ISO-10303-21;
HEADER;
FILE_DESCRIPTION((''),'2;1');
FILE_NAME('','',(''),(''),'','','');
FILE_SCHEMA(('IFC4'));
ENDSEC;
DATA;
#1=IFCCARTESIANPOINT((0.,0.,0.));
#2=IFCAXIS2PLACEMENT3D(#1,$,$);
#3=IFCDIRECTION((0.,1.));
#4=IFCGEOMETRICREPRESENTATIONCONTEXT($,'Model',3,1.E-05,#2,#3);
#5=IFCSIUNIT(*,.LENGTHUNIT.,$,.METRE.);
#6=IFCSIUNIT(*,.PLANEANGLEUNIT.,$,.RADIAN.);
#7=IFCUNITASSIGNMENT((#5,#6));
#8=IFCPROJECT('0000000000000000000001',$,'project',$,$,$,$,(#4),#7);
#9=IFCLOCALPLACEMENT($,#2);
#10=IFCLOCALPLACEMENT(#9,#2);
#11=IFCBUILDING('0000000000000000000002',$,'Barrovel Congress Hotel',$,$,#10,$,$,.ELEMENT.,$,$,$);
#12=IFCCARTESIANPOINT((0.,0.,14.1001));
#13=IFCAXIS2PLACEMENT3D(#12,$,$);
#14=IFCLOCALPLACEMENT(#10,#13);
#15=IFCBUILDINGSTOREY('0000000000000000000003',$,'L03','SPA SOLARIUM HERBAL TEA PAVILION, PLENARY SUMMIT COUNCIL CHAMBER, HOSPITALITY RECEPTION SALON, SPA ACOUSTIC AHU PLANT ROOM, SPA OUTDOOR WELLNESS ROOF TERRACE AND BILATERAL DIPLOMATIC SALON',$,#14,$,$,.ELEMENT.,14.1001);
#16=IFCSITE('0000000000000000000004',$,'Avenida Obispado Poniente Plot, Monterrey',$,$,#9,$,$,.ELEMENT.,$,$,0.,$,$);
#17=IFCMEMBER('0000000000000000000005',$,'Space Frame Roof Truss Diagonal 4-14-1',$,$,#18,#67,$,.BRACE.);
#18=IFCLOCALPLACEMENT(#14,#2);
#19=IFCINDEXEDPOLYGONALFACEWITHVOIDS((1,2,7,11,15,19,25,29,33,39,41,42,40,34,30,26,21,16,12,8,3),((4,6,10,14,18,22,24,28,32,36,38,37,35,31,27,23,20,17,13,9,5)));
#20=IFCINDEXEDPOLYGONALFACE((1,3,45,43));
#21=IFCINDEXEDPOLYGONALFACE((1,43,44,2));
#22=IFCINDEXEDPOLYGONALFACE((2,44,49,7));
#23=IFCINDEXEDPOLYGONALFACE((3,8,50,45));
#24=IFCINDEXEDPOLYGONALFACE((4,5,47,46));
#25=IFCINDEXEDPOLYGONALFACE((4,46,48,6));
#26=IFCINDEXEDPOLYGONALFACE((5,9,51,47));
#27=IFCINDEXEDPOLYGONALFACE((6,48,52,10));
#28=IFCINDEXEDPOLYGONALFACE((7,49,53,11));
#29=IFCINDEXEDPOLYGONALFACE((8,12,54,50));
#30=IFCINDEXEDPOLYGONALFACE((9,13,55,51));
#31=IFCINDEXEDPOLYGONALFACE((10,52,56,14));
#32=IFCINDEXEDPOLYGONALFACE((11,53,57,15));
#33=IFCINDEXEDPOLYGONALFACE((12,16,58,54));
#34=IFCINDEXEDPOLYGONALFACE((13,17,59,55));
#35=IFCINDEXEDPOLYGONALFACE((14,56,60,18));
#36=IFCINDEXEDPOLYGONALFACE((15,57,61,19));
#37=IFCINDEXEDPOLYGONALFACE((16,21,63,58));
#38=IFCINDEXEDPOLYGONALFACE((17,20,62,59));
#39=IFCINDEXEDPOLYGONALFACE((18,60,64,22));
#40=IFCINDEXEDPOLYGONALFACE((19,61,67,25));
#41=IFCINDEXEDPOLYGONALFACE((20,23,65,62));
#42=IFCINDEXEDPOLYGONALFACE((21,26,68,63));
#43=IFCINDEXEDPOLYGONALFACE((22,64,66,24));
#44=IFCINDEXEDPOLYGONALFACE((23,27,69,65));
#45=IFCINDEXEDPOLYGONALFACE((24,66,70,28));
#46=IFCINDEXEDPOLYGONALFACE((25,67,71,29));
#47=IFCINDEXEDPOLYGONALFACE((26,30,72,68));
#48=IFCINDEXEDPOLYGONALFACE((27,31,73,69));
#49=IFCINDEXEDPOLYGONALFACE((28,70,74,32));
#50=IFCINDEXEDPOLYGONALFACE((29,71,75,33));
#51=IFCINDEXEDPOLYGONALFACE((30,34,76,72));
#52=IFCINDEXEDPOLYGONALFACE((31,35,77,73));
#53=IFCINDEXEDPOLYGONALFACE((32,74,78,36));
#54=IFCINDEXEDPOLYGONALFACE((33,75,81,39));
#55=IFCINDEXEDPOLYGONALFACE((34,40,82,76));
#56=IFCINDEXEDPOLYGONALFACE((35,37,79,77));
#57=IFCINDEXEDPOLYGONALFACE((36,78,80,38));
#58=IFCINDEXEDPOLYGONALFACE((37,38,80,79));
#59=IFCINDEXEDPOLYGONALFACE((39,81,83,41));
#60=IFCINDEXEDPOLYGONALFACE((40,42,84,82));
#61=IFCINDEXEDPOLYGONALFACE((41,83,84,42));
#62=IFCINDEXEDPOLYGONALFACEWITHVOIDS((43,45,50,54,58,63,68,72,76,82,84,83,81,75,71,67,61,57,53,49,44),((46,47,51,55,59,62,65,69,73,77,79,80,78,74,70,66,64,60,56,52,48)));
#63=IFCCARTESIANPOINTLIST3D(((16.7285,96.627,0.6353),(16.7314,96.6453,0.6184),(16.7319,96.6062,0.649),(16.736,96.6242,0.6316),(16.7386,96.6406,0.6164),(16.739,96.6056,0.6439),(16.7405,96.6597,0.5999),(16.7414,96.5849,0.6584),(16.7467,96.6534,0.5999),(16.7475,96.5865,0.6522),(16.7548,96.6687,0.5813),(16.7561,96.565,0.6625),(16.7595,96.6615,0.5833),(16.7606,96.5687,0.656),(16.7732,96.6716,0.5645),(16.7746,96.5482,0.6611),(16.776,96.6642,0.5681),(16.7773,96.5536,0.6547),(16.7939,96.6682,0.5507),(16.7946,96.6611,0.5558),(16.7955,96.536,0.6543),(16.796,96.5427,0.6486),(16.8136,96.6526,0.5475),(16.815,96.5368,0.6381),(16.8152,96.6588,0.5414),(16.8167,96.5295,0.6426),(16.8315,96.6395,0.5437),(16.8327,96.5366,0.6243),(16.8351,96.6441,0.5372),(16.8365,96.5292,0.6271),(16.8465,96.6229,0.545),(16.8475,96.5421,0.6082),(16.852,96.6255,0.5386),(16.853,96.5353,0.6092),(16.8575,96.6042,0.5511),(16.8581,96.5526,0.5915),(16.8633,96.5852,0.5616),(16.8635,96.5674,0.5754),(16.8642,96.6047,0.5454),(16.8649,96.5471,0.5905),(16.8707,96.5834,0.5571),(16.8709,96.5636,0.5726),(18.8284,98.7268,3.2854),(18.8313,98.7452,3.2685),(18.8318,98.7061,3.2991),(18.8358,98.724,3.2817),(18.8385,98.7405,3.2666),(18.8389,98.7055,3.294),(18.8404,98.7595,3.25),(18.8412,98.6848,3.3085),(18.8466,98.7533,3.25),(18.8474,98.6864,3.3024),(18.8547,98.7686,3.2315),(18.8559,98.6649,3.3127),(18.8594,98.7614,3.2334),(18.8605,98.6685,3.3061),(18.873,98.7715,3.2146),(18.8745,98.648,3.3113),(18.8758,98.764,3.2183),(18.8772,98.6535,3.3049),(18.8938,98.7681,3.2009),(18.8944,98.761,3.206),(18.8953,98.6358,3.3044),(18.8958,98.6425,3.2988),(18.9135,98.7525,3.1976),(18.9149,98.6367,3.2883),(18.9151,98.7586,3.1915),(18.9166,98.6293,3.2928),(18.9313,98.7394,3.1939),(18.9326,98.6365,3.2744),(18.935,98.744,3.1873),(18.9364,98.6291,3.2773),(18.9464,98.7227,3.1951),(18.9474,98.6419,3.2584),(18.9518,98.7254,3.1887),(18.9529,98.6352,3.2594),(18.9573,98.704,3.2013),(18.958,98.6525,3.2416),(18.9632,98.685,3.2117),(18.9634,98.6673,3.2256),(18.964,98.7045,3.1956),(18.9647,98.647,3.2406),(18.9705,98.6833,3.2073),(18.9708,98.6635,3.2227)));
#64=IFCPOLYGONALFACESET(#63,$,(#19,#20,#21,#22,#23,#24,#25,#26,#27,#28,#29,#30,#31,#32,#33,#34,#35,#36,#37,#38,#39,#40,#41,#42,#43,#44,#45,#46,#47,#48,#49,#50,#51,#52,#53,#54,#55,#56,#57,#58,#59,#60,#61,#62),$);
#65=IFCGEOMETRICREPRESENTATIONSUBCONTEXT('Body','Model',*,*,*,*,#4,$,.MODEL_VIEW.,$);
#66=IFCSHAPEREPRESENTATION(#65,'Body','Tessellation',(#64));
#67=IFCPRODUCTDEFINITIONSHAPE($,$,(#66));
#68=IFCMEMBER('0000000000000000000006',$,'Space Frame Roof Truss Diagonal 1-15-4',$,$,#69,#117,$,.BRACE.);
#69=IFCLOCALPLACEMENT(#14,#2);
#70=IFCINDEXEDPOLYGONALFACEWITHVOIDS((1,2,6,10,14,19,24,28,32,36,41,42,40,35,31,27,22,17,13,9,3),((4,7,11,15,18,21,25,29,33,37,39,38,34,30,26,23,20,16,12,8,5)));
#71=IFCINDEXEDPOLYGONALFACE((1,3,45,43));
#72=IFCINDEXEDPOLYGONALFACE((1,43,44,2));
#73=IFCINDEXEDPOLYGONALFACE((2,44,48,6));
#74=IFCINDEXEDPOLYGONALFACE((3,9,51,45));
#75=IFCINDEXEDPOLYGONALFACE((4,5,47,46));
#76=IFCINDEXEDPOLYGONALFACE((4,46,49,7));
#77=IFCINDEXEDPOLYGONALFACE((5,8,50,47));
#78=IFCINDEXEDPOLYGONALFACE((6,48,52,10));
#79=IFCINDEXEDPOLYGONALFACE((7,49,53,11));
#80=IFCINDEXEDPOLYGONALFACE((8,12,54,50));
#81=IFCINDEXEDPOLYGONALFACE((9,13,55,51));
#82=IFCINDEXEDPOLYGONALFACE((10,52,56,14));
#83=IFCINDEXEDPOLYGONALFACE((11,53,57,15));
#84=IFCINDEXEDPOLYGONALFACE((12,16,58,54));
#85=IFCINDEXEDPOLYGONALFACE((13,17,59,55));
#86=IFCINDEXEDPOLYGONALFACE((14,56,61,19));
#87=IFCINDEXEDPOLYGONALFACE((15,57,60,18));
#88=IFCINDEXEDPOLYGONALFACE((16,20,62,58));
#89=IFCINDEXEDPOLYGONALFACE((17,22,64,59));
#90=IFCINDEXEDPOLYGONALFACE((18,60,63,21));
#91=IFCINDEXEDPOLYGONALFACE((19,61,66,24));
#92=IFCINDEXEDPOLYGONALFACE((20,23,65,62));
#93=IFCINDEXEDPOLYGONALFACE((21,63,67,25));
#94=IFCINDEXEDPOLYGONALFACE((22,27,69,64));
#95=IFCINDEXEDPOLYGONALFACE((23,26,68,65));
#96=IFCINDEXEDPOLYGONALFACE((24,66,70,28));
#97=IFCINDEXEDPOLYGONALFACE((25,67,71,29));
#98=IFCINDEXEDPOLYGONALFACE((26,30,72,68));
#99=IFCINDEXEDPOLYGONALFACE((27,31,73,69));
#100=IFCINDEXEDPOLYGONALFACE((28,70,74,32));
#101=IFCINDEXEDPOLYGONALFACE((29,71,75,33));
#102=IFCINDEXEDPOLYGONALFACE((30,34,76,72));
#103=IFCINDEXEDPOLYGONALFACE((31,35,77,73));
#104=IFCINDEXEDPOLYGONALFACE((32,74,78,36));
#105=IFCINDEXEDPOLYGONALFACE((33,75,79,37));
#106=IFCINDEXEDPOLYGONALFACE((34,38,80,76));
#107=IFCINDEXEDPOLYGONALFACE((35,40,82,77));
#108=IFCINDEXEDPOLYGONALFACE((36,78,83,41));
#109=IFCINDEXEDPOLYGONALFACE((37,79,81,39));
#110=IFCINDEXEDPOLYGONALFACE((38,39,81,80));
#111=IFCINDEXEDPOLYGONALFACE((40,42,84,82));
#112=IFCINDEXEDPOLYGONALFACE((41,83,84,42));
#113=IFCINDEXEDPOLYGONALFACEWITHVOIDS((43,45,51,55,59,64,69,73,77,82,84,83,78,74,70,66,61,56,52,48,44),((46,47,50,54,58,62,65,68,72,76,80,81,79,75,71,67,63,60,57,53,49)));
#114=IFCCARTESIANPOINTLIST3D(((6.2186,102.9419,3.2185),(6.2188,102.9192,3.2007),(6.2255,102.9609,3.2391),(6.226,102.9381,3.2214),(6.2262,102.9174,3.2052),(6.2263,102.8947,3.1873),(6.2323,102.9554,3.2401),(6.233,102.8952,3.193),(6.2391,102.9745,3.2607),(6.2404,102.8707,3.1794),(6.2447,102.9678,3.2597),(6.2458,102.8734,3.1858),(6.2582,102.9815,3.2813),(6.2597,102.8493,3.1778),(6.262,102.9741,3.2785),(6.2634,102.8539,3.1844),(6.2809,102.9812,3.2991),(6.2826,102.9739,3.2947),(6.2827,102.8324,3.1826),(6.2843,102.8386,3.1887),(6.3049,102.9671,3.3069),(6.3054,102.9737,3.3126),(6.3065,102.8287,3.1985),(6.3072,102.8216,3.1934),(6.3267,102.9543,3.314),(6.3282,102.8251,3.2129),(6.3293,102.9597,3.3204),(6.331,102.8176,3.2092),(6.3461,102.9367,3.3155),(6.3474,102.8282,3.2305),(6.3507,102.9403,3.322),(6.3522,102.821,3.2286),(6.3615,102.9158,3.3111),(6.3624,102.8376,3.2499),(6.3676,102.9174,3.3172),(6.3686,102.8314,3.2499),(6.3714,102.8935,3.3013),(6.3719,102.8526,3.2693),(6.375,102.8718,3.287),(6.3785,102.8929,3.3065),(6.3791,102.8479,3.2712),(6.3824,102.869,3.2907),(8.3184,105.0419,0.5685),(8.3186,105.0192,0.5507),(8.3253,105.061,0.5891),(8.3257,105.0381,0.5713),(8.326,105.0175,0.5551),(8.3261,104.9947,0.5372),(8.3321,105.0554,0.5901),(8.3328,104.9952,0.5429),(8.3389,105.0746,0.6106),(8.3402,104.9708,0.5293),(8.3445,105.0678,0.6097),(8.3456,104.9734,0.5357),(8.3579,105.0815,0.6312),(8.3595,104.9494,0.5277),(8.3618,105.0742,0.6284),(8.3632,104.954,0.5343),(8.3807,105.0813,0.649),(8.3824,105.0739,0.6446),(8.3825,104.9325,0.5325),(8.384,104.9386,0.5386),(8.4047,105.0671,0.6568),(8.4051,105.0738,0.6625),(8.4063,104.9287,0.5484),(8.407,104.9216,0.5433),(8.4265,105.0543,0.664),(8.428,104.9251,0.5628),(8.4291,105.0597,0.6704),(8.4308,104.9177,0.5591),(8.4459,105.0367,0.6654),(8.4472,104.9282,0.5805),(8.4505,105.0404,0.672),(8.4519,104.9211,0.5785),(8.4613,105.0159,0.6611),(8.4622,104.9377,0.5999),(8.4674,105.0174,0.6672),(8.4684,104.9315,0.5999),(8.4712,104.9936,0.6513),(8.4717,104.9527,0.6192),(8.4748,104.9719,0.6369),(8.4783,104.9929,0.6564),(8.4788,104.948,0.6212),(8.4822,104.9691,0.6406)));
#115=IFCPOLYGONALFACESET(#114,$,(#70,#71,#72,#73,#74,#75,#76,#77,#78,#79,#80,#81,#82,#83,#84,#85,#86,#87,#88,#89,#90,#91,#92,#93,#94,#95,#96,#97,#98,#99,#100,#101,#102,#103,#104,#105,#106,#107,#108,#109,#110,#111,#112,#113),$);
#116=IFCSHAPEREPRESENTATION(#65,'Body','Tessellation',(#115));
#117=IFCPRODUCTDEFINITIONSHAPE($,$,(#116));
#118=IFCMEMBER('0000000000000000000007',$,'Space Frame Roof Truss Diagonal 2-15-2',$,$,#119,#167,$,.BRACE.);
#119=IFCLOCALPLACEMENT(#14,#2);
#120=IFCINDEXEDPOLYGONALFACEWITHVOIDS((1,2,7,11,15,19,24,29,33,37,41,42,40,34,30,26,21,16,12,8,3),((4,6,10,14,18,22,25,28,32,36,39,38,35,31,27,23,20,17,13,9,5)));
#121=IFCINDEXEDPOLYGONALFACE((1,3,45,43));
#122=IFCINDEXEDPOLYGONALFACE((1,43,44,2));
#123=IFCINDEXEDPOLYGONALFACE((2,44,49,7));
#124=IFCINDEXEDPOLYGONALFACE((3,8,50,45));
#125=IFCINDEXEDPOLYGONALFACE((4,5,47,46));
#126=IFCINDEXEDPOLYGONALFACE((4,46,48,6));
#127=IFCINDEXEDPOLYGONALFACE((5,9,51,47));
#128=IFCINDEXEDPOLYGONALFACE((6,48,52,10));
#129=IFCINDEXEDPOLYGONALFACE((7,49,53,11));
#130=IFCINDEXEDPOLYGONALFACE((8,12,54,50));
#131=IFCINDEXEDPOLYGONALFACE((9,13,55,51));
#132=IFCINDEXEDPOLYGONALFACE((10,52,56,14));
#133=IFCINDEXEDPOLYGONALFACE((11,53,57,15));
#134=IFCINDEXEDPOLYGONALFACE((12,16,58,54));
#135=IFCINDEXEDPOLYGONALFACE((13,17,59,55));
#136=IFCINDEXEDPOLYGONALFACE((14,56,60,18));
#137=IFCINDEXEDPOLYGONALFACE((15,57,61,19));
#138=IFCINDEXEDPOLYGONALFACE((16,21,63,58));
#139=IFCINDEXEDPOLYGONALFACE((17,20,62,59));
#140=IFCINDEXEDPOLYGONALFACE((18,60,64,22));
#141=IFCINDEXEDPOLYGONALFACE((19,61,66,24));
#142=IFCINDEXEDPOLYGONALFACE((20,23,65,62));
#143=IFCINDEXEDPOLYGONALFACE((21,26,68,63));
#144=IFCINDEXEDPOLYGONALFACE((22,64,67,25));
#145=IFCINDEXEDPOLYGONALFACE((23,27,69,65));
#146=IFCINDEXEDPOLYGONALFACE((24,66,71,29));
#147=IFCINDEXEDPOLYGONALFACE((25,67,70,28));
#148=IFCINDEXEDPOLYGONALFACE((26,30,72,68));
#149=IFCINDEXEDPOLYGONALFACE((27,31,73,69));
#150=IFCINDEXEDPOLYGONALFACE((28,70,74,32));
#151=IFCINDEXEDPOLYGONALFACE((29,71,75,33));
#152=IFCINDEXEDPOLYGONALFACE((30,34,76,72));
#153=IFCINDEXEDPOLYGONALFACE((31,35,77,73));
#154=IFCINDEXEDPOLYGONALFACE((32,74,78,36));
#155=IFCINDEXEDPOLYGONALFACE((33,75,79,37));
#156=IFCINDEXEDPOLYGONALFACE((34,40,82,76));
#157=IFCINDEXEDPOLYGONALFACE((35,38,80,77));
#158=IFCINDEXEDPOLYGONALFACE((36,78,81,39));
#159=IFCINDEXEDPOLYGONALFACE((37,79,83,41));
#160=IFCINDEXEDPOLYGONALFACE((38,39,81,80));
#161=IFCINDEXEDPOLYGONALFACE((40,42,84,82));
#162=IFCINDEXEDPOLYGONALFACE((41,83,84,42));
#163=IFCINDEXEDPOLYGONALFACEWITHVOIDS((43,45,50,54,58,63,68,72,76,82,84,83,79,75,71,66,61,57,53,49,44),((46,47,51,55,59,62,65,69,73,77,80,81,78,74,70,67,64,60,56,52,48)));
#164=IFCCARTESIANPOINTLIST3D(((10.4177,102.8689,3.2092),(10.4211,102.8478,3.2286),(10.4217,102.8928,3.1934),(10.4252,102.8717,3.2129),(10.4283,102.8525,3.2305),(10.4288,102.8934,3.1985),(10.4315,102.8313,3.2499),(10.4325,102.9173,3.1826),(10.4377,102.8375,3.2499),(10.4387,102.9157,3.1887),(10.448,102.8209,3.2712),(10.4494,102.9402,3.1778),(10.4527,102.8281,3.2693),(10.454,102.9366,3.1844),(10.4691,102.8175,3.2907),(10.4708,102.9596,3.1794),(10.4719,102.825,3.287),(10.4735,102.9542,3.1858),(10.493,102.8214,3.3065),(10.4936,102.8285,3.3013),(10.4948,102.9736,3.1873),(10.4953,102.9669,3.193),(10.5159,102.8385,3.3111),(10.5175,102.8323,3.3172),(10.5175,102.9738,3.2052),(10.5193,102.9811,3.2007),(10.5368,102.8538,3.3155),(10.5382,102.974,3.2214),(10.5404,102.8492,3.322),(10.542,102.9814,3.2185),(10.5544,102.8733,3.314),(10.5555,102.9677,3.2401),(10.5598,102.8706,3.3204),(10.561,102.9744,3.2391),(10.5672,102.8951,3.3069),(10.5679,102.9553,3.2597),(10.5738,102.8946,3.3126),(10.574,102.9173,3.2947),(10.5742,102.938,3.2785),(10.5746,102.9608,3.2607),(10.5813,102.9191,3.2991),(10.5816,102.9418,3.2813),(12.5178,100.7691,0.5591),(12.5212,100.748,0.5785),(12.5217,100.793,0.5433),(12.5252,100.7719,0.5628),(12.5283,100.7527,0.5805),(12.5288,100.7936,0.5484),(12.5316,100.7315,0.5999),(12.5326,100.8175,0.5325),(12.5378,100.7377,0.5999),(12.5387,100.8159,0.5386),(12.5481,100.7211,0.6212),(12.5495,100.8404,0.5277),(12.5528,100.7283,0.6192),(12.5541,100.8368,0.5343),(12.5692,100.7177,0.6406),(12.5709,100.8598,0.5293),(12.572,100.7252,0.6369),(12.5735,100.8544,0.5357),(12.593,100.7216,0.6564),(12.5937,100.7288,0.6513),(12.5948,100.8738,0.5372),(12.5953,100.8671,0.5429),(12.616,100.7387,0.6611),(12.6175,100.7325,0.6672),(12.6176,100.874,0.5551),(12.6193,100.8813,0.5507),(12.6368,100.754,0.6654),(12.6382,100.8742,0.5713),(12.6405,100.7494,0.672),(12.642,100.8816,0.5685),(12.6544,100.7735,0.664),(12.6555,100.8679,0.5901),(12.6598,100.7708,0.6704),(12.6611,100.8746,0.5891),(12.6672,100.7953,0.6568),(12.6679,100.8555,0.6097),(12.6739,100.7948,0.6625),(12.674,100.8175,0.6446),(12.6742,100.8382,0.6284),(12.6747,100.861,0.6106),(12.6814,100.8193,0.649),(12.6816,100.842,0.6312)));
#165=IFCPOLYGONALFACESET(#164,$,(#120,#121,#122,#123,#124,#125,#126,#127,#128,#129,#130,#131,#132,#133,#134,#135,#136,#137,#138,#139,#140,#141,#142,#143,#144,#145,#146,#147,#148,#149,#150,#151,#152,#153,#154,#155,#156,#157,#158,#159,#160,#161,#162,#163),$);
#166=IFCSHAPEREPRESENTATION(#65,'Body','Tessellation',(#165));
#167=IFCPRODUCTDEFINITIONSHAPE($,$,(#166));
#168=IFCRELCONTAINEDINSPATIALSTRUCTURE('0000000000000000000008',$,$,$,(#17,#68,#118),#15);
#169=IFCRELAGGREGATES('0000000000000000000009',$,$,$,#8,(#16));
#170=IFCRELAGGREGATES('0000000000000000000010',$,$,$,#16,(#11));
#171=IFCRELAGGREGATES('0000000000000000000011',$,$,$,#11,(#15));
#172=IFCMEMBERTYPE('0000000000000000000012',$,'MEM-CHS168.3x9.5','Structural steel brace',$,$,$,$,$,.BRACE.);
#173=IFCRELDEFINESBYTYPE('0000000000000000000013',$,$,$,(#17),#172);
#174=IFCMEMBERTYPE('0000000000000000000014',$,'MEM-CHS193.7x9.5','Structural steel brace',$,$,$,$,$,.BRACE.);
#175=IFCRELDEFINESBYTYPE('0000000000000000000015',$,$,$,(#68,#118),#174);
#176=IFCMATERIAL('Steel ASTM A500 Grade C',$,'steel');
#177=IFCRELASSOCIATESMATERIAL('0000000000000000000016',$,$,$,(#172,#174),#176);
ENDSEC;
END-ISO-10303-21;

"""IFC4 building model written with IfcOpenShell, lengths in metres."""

from ifc_helpers import new_model, si_unit, direction, frame, origin, origin_2d, place, context, subcontext, project, spatial, hollow_circle, extrude, material, material_profile, profile_set, type_object, element, save


model = new_model("IFC4")

# Units and contexts
model_context = context("Model", 3, precision=1e-05, world=origin(), true_north=direction((0.0, 1.0)))
body_context = subcontext(model_context, "Body", "Model", "MODEL_VIEW")
ifc_project = project(units=[si_unit("LENGTHUNIT", "METRE"), si_unit("PLANEANGLEUNIT", "RADIAN")], contexts=[model_context])

# Site, building, storey
site_placement = place(None, origin())
site = spatial("IfcSite", under=ifc_project, at=site_placement, Name="Avenida Obispado Poniente Plot, Monterrey", CompositionType="ELEMENT", RefElevation=0.0)
building_placement = place(site_placement, origin())
building = spatial("IfcBuilding", under=site, at=building_placement, Name="Barrovel Congress Hotel", CompositionType="ELEMENT")
storey_placement = place(building_placement, frame((0.0, 0.0, 14.1001)))
storey = spatial("IfcBuildingStorey", under=building, at=storey_placement, Name="L03", Description="SPA SOLARIUM HERBAL TEA PAVILION, PLENARY SUMMIT COUNCIL CHAMBER, HOSPITALITY RECEPTION SALON, SPA ACOUSTIC AHU PLANT ROOM, SPA OUTDOOR WELLNESS ROOF TERRACE AND BILATERAL DIPLOMATIC SALON", CompositionType="ELEMENT", Elevation=14.1001)

# Members
ifc_material_1 = material(Name="Steel ASTM A500 Grade C", Category="steel")
ifc_material_profile_1 = material_profile(ifc_material_1, hollow_circle(Radius=0.0842, WallThickness=0.0088, at=origin_2d()), Name="CHS168.3x9.5")
ifc_profile_set_1 = profile_set([ifc_material_profile_1], Name="Steel ASTM A500 Grade C")
member_type_1 = type_object("IfcMemberType", Name="MEM-CHS168.3x9.5", Description="Structural steel brace", PredefinedType="BRACE", material=ifc_profile_set_1)
member_1_placement = place(storey_placement, frame((16.8, 96.6001, 0.5999), z_axis=(0.527574, 0.527574, 0.665831), x_axis=(-0.707107, 0.707107, 0.0)))
element("IfcMember", 1, at=member_1_placement, inside=storey, type_object=member_type_1, Name="Space Frame Roof Truss Diagonal 4-14-1", PredefinedType="BRACE", context=body_context, shape_type="SweptSolid", body=[
    extrude(hollow_circle(Radius=0.0842, WallThickness=0.0088, at=origin_2d()), origin(), (0.0, 0.0, 1.0), 3.9802),
])
ifc_material_profile_2 = material_profile(ifc_material_1, hollow_circle(Radius=0.0969, WallThickness=0.0088, at=origin_2d()), Name="CHS193.7x9.5")
ifc_profile_set_2 = profile_set([ifc_material_profile_2], Name="Steel ASTM A500 Grade C")
member_type_2 = type_object("IfcMemberType", Name="MEM-CHS193.7x9.5", Description="Structural steel brace", PredefinedType="BRACE", material=ifc_profile_set_2)
for number, where, z_axis, x_axis, name in (
    (2, (8.3999, 105.0, 0.5999), (-0.527557, -0.527618, 0.66581), (0.707148, -0.707066, 0.0), "Space Frame Roof Truss Diagonal 1-15-4"),
    (3, (12.6001, 100.8, 0.5999), (-0.527618, 0.527557, 0.66581), (-0.707066, -0.707148, 0.0), "Space Frame Roof Truss Diagonal 2-15-2"),
):
    element("IfcMember", number, at=place(storey_placement, frame(where, z_axis=z_axis, x_axis=x_axis)), inside=storey, type_object=member_type_2, Name=name, PredefinedType="BRACE", context=body_context, shape_type="SweptSolid", body=[
        extrude(hollow_circle(Radius=0.0969, WallThickness=0.0088, at=origin_2d()), origin(), (0.0, 0.0, 1.0), 3.9802),
    ])

save(model, "model.ifc")
